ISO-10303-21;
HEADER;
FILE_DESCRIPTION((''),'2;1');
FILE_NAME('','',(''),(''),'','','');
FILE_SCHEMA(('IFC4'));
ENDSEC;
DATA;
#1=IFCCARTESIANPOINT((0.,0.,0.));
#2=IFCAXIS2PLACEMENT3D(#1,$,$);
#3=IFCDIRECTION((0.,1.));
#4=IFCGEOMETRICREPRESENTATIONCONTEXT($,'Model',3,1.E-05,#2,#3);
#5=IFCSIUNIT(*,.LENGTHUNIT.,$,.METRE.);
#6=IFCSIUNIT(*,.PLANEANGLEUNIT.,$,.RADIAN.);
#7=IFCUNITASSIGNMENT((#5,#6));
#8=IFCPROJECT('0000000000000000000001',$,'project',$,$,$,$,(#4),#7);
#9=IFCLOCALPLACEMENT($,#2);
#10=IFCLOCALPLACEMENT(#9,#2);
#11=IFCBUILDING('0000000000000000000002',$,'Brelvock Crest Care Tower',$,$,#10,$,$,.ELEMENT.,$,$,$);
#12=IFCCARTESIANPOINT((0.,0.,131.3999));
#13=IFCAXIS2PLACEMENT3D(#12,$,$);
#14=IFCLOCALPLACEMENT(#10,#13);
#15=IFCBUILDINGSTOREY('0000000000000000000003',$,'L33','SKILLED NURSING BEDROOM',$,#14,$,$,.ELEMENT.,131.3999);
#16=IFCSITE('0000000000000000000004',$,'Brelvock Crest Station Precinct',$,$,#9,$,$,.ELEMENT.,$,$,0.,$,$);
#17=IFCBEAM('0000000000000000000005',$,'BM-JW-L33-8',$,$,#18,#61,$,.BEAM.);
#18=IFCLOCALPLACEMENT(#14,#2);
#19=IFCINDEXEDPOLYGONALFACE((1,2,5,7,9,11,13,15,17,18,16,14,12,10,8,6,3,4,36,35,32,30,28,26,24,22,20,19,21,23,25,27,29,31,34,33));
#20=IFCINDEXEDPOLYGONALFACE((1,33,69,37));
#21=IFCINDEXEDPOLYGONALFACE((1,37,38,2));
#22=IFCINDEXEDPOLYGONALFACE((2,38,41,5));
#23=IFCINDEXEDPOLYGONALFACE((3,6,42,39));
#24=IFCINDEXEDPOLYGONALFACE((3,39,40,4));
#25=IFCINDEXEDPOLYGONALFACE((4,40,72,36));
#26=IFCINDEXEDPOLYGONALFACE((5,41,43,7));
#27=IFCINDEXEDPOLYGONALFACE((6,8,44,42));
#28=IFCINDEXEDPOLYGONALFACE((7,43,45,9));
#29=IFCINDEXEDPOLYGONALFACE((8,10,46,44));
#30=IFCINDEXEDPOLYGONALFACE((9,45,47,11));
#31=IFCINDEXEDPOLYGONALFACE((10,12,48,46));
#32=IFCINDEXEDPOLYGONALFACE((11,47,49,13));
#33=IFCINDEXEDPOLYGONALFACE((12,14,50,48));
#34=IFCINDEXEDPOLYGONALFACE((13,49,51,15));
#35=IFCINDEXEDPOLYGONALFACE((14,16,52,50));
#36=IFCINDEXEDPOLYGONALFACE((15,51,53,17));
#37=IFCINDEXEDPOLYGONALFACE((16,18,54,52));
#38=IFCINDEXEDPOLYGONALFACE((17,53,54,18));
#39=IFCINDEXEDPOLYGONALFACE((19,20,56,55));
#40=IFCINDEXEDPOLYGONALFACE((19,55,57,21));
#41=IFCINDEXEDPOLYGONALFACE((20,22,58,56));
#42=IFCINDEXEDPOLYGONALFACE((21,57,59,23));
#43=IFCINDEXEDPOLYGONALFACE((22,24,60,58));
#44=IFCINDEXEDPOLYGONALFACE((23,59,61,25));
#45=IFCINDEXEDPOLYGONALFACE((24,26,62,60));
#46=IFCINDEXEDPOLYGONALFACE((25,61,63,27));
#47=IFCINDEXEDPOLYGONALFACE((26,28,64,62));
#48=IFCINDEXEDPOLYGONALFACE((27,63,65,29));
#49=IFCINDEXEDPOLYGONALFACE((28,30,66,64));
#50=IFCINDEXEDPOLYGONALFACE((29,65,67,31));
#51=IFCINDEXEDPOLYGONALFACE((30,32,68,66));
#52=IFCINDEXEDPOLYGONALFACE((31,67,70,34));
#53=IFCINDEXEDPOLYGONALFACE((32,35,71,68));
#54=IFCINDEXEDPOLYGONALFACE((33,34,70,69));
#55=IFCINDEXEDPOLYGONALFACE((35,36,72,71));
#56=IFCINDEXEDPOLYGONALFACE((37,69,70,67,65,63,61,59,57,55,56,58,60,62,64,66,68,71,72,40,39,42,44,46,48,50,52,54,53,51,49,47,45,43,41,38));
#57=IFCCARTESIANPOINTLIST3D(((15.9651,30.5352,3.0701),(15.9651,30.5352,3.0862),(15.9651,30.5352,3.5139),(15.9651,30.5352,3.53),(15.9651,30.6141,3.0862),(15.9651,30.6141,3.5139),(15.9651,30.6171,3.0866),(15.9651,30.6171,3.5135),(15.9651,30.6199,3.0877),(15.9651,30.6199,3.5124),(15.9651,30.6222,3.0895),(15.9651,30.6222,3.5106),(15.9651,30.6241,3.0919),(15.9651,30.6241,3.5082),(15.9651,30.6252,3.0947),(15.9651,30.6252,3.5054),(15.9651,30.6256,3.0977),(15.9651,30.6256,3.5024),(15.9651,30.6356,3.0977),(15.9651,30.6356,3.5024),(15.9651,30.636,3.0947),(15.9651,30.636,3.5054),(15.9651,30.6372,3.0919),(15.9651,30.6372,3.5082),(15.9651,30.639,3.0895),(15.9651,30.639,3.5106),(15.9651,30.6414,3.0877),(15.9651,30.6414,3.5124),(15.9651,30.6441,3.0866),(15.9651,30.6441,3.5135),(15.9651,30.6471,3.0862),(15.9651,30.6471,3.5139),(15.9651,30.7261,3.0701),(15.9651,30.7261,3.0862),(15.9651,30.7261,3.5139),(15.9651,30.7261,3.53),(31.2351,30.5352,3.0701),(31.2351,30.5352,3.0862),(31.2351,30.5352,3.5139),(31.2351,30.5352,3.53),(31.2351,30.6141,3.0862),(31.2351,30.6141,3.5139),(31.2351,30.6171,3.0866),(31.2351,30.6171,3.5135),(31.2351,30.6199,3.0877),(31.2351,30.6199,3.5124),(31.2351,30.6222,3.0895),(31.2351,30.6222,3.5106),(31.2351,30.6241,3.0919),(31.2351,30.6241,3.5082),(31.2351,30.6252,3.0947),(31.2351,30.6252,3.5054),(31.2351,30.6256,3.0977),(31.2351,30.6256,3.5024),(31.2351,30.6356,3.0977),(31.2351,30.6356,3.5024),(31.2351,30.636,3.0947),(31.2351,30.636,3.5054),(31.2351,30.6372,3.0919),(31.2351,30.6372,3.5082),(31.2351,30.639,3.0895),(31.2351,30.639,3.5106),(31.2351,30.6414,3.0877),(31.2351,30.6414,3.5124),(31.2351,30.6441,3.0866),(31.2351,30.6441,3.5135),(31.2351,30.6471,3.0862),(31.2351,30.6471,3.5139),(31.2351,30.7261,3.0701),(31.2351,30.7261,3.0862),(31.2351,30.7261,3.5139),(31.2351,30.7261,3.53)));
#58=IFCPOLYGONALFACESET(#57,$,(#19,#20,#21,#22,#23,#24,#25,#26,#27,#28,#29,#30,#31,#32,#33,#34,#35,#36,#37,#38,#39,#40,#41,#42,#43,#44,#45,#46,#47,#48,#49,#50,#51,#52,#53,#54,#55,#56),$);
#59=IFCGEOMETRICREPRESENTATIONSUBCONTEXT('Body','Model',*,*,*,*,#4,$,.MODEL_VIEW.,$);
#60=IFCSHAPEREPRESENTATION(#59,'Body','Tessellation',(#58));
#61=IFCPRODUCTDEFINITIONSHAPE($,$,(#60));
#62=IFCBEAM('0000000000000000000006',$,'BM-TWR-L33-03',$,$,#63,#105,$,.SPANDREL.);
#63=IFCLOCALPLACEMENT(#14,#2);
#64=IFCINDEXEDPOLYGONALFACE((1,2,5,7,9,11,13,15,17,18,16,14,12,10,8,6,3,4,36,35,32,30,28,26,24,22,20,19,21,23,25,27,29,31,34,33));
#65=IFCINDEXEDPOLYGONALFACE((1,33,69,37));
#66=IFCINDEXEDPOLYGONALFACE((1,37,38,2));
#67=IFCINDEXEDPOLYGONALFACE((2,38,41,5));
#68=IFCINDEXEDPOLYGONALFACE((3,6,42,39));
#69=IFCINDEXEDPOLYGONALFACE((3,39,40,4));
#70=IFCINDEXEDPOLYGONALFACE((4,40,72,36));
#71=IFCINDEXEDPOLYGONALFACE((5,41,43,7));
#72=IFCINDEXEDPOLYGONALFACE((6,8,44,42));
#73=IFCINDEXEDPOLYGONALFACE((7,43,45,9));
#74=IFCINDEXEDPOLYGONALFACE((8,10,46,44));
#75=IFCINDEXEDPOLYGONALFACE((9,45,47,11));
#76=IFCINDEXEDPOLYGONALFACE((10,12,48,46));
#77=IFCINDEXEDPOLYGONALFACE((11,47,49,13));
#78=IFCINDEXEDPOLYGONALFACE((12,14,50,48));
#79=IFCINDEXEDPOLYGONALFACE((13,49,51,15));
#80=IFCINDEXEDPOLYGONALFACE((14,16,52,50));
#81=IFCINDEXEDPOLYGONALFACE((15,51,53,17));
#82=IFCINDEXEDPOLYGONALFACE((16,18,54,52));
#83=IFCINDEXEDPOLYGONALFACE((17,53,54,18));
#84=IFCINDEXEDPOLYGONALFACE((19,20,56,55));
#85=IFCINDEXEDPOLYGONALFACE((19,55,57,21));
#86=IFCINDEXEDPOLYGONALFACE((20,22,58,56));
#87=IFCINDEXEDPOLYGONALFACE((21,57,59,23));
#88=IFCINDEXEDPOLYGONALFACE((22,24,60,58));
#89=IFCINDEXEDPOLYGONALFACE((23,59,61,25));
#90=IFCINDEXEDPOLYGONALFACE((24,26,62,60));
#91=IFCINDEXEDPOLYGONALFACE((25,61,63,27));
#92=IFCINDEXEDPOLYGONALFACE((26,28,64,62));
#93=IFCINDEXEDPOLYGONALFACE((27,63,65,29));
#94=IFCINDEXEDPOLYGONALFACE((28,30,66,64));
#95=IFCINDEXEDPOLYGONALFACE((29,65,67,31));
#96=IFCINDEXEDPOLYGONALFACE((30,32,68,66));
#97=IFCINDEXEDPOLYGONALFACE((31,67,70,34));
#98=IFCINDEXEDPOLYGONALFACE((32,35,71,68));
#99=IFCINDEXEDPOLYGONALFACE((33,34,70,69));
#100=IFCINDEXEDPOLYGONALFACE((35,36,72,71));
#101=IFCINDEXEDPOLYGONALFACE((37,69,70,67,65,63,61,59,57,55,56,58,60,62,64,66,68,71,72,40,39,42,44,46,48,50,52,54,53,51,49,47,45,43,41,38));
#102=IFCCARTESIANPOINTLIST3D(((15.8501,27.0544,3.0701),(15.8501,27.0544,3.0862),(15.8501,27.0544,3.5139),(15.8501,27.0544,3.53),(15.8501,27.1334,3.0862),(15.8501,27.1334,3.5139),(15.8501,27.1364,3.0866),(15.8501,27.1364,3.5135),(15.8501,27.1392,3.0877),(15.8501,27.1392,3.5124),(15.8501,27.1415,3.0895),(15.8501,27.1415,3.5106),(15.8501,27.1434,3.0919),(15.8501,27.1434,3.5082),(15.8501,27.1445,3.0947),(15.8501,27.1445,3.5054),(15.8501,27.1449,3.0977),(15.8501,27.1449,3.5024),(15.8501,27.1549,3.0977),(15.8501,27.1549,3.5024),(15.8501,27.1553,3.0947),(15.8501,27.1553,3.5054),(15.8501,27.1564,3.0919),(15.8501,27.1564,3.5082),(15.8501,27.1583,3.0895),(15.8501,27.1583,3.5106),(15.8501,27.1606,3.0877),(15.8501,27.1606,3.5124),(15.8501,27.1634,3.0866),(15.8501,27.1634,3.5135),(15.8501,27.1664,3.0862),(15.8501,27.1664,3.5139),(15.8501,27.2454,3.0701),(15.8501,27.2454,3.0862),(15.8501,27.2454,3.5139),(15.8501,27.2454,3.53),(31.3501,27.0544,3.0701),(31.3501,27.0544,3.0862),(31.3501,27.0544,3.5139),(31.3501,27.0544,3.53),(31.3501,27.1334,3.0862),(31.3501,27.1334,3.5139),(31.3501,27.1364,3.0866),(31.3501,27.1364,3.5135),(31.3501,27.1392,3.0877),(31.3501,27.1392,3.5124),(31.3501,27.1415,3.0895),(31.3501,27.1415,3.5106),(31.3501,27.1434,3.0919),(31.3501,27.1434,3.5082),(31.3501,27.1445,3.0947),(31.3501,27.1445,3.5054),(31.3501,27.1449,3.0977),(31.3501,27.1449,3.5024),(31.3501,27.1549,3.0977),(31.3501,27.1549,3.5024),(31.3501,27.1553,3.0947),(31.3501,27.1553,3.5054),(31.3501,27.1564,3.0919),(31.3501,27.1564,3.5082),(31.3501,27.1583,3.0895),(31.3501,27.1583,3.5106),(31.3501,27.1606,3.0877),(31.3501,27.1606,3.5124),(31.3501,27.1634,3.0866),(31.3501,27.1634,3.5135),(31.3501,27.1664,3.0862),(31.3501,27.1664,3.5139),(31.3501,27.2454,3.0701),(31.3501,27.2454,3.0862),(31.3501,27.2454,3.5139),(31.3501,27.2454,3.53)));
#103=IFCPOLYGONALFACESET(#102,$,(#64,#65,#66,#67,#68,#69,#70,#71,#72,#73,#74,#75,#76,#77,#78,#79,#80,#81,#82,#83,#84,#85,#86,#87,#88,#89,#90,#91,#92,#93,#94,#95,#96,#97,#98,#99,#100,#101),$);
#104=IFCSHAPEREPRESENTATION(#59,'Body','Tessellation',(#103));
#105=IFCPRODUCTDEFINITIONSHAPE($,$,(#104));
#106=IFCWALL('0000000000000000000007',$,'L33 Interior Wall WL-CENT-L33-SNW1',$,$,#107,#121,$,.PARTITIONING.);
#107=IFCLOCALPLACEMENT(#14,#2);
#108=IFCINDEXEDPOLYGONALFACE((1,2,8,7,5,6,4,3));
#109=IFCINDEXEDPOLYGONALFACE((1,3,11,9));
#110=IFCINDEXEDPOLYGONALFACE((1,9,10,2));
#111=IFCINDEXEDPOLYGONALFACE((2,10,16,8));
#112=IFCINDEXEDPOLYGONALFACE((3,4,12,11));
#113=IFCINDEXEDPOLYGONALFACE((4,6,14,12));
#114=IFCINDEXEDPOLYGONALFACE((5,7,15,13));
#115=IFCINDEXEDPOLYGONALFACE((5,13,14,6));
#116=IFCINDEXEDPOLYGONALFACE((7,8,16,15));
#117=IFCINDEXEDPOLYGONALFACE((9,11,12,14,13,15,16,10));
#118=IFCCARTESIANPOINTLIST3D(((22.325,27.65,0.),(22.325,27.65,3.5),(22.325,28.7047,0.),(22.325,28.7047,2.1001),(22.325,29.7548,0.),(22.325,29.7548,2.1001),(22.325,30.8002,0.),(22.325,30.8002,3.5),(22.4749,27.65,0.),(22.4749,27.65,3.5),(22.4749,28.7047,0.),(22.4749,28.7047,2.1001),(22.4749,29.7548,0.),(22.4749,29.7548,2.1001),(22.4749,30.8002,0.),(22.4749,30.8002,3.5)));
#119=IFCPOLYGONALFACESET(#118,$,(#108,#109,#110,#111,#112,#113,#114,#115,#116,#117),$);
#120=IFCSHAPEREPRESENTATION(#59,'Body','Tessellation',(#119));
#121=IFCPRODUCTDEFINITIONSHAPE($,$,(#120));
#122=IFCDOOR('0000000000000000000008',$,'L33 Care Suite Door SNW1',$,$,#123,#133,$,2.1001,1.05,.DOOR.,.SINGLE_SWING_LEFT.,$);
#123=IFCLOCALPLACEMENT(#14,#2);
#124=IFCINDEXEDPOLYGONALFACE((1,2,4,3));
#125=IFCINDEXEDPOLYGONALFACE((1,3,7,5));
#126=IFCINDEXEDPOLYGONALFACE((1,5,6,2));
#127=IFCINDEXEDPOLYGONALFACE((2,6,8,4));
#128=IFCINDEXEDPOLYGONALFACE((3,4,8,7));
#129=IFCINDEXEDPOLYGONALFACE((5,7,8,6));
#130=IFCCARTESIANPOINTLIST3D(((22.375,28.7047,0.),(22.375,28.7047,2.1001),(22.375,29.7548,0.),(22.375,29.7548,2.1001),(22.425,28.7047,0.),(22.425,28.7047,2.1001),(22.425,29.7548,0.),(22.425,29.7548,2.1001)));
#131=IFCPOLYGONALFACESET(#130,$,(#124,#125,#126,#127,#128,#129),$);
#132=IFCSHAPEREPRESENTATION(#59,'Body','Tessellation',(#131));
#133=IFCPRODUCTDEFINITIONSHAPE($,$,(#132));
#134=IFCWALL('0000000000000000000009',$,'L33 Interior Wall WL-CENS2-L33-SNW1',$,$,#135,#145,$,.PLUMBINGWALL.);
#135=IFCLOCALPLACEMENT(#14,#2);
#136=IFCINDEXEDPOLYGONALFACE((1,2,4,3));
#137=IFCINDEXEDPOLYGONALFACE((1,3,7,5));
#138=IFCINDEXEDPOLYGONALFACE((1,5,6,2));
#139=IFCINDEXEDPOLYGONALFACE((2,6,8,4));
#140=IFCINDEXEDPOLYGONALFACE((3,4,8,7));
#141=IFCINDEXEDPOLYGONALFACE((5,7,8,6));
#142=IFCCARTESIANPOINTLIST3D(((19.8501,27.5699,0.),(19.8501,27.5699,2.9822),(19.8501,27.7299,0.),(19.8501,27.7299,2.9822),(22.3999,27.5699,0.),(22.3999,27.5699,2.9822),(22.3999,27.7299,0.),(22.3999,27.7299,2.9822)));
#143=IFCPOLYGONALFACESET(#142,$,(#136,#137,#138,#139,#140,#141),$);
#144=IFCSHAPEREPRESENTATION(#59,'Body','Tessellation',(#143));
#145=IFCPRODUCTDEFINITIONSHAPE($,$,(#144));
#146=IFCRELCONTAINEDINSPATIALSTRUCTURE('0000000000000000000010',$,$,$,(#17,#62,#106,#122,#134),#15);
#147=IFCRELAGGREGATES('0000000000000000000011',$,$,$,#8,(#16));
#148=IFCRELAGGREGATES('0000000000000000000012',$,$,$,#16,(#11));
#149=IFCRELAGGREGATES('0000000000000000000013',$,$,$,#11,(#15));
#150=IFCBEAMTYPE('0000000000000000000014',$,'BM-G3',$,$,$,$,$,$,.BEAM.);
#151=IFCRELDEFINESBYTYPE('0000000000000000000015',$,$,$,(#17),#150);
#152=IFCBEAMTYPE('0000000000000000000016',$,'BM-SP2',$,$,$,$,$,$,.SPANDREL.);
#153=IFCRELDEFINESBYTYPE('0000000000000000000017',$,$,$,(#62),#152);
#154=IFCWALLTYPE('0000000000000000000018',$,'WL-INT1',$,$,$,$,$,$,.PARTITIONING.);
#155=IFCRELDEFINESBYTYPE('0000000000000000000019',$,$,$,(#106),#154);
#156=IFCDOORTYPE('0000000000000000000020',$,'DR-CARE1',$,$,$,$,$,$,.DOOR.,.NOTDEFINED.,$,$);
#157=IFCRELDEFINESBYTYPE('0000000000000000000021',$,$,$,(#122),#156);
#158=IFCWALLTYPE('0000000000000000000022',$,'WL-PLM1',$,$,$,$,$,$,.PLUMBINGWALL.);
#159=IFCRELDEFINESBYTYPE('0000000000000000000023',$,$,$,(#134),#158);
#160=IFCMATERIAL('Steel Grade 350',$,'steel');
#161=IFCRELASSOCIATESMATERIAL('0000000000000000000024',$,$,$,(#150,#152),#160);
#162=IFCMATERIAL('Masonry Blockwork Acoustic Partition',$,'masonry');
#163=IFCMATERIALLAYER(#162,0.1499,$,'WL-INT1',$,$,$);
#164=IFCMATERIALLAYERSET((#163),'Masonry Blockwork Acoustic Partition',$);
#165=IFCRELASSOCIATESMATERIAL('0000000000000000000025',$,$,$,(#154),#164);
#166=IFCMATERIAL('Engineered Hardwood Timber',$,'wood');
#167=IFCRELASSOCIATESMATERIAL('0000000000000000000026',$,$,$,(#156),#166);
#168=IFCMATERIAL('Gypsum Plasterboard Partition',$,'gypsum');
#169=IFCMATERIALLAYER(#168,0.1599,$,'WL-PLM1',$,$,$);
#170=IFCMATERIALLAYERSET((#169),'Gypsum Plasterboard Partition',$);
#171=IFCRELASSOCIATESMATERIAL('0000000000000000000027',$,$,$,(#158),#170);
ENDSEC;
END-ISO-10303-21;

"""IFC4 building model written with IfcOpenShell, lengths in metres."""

from ifc_helpers import new_model, si_unit, direction, frame, frame_2d, origin, origin_2d, place, context, subcontext, project, spatial, rectangle, i_section, extrude, source, transform, mapped, material, layer, layer_set, material_profile, profile_set, type_object, element, fill, save


model = new_model("IFC4")

# Units and contexts
model_context = context("Model", 3, precision=1e-05, world=origin(), true_north=direction((0.0, 1.0)))
body_context = subcontext(model_context, "Body", "Model", "MODEL_VIEW")
ifc_project = project(units=[si_unit("LENGTHUNIT", "METRE"), si_unit("PLANEANGLEUNIT", "RADIAN")], contexts=[model_context])

# Site, building, storey
site_placement = place(None, origin())
site = spatial("IfcSite", under=ifc_project, at=site_placement, Name="Brelvock Crest Station Precinct", CompositionType="ELEMENT", RefElevation=0.0)
building_placement = place(site_placement, origin())
building = spatial("IfcBuilding", under=site, at=building_placement, Name="Brelvock Crest Care Tower", CompositionType="ELEMENT")
storey_placement = place(building_placement, frame((0.0, 0.0, 131.3999)))
storey = spatial("IfcBuildingStorey", under=building, at=storey_placement, Name="L33", Description="SKILLED NURSING BEDROOM", CompositionType="ELEMENT", Elevation=131.3999)

# Beams
ifc_material_1 = material(Name="Steel Grade 350", Category="steel")
ifc_material_profile_1 = material_profile(ifc_material_1, i_section(OverallWidth=0.1909, OverallDepth=0.46, WebThickness=0.01, FlangeThickness=0.0161, FilletRadius=0.0115, at=origin_2d()), Name="460UB82.1")
ifc_profile_set_1 = profile_set([ifc_material_profile_1], Name="Steel Grade 350")
beam_type_1 = type_object("IfcBeamType", Name="BM-G3", PredefinedType="BEAM", material=ifc_profile_set_1)
shared_shape_1 = source(origin(), body_context, "Body", "SweptSolid", [
    extrude(i_section(OverallWidth=0.1909, OverallDepth=0.46, WebThickness=0.01, FlangeThickness=0.0161, FilletRadius=0.0115, at=origin_2d()), origin(), (0.0, 0.0, 1.0), 15.27),
])
for number, where, z_axis, x_axis, name in (
    (1, (15.9651, 30.6306, 3.3), (1.0, 0.0, 0.0), (0.0, 1.0, 0.0), "BM-JW-L33-8"),
):
    element("IfcBeam", number, at=place(storey_placement, frame(where, z_axis=z_axis, x_axis=x_axis)), inside=storey, type_object=beam_type_1, Name=name, PredefinedType="BEAM", context=body_context, shape_type="MappedRepresentation", body=[
        mapped(shared_shape_1, transform((0.0, 0.0, 0.0), x_axis=(1.0, 0.0, 0.0), y_axis=(0.0, 1.0, 0.0), z_axis=(0.0, 0.0, 1.0), scale=1.0)),
    ])
ifc_material_profile_2 = material_profile(ifc_material_1, i_section(OverallWidth=0.1909, OverallDepth=0.46, WebThickness=0.01, FlangeThickness=0.0161, FilletRadius=0.0115, at=origin_2d()), Name="460UB82.1")
ifc_profile_set_2 = profile_set([ifc_material_profile_2], Name="Steel Grade 350")
beam_type_2 = type_object("IfcBeamType", Name="BM-SP2", PredefinedType="SPANDREL", material=ifc_profile_set_2)
shared_shape_2 = source(origin(), body_context, "Body", "SweptSolid", [
    extrude(i_section(OverallWidth=0.1909, OverallDepth=0.46, WebThickness=0.01, FlangeThickness=0.0161, FilletRadius=0.0115, at=origin_2d()), origin(), (0.0, 0.0, 1.0), 15.5),
])
beam_placement = place(storey_placement, frame((15.8501, 27.1499, 3.3), z_axis=(1.0, 0.0, 0.0), x_axis=(0.0, 1.0, 0.0)))
element("IfcBeam", 2, at=beam_placement, inside=storey, type_object=beam_type_2, Name="BM-TWR-L33-03", PredefinedType="SPANDREL", context=body_context, shape_type="MappedRepresentation", body=[
    mapped(shared_shape_2, transform((0.0, 0.0, 0.0), x_axis=(1.0, 0.0, 0.0), y_axis=(0.0, 1.0, 0.0), z_axis=(0.0, 0.0, 1.0), scale=1.0)),
])

# Wall, opening, door
ifc_material_2 = material(Name="Masonry Blockwork Acoustic Partition", Category="masonry")
ifc_layer_1 = layer(ifc_material_2, 0.1499, Name="WL-INT1")
ifc_layer_set_1 = layer_set([ifc_layer_1], Name="Masonry Blockwork Acoustic Partition")
wall_type_1 = type_object("IfcWallType", Name="WL-INT1", PredefinedType="PARTITIONING", material=ifc_layer_set_1)
wall_1_placement = place(storey_placement, frame((22.3999, 27.6499, 0.0), z_axis=(0.0, 0.0, 1.0), x_axis=(0.0, 1.0, 0.0)))
wall_1 = element("IfcWall", 3, at=wall_1_placement, inside=storey, type_object=wall_type_1, Name="L33 Interior Wall WL-CENT-L33-SNW1", PredefinedType="PARTITIONING", context=body_context, shape_type="SweptSolid", body=[
    extrude(rectangle(XDim=3.1501, YDim=0.1499, at=frame_2d((1.5752, 0.0))), origin(), (0.0, 0.0, 1.0), 3.5),
])
opening_1_placement = place(wall_1_placement, frame((1.0549, 0.0, 0.0)))
opening_1 = element("IfcOpeningElement", 4, at=opening_1_placement, cuts=wall_1, PredefinedType="OPENING", context=body_context, shape_type="SweptSolid", body=[
    extrude(rectangle(XDim=1.05, YDim=2.1001, at=origin_2d()), frame((0.5249, 0.085, 1.05), z_axis=(0.0, -1.0, 0.0), x_axis=(1.0, 0.0, 0.0)), (0.0, 0.0, 1.0), 0.1699),
])
ifc_material_3 = material(Name="Engineered Hardwood Timber", Category="wood")
door_type_1 = type_object("IfcDoorType", Name="DR-CARE1", OperationType="NOTDEFINED", PredefinedType="DOOR", material=ifc_material_3)
shared_shape_3 = source(origin(), body_context, "Body", "SweptSolid", [
    extrude(rectangle(XDim=1.05, YDim=2.1001, at=origin_2d()), frame((0.5249, 0.0249, 1.05), z_axis=(0.0, -1.0, 0.0), x_axis=(1.0, 0.0, 0.0)), (0.0, 0.0, 1.0), 0.05),
])
door_1_placement = place(opening_1_placement, origin())
door_1 = element("IfcDoor", 5, at=door_1_placement, inside=storey, type_object=door_type_1, Name="L33 Care Suite Door SNW1", OperationType="SINGLE_SWING_LEFT", OverallHeight=2.1001, OverallWidth=1.05, PredefinedType="DOOR", context=body_context, shape_type="MappedRepresentation", body=[
    mapped(shared_shape_3, transform((0.0, 0.0, 0.0), x_axis=(1.0, 0.0, 0.0), y_axis=(0.0, 1.0, 0.0), z_axis=(0.0, 0.0, 1.0), scale=1.0)),
])
fill(opening_1, door_1)

# Wall
ifc_material_4 = material(Name="Gypsum Plasterboard Partition", Category="gypsum")
ifc_layer_2 = layer(ifc_material_4, 0.1599, Name="WL-PLM1")
ifc_layer_set_2 = layer_set([ifc_layer_2], Name="Gypsum Plasterboard Partition")
wall_type_2 = type_object("IfcWallType", Name="WL-PLM1", PredefinedType="PLUMBINGWALL", material=ifc_layer_set_2)
wall_2_placement = place(storey_placement, frame((19.8501, 27.6499, 0.0), z_axis=(0.0, 0.0, 1.0), x_axis=(1.0, 0.0, 0.0)))
element("IfcWall", 6, at=wall_2_placement, inside=storey, type_object=wall_type_2, Name="L33 Interior Wall WL-CENS2-L33-SNW1", PredefinedType="PLUMBINGWALL", context=body_context, shape_type="SweptSolid", body=[
    extrude(rectangle(XDim=2.5498, YDim=0.1599, at=frame_2d((1.2749, 0.0))), origin(), (0.0, 0.0, 1.0), 2.9822),
])

save(model, "model.ifc")
